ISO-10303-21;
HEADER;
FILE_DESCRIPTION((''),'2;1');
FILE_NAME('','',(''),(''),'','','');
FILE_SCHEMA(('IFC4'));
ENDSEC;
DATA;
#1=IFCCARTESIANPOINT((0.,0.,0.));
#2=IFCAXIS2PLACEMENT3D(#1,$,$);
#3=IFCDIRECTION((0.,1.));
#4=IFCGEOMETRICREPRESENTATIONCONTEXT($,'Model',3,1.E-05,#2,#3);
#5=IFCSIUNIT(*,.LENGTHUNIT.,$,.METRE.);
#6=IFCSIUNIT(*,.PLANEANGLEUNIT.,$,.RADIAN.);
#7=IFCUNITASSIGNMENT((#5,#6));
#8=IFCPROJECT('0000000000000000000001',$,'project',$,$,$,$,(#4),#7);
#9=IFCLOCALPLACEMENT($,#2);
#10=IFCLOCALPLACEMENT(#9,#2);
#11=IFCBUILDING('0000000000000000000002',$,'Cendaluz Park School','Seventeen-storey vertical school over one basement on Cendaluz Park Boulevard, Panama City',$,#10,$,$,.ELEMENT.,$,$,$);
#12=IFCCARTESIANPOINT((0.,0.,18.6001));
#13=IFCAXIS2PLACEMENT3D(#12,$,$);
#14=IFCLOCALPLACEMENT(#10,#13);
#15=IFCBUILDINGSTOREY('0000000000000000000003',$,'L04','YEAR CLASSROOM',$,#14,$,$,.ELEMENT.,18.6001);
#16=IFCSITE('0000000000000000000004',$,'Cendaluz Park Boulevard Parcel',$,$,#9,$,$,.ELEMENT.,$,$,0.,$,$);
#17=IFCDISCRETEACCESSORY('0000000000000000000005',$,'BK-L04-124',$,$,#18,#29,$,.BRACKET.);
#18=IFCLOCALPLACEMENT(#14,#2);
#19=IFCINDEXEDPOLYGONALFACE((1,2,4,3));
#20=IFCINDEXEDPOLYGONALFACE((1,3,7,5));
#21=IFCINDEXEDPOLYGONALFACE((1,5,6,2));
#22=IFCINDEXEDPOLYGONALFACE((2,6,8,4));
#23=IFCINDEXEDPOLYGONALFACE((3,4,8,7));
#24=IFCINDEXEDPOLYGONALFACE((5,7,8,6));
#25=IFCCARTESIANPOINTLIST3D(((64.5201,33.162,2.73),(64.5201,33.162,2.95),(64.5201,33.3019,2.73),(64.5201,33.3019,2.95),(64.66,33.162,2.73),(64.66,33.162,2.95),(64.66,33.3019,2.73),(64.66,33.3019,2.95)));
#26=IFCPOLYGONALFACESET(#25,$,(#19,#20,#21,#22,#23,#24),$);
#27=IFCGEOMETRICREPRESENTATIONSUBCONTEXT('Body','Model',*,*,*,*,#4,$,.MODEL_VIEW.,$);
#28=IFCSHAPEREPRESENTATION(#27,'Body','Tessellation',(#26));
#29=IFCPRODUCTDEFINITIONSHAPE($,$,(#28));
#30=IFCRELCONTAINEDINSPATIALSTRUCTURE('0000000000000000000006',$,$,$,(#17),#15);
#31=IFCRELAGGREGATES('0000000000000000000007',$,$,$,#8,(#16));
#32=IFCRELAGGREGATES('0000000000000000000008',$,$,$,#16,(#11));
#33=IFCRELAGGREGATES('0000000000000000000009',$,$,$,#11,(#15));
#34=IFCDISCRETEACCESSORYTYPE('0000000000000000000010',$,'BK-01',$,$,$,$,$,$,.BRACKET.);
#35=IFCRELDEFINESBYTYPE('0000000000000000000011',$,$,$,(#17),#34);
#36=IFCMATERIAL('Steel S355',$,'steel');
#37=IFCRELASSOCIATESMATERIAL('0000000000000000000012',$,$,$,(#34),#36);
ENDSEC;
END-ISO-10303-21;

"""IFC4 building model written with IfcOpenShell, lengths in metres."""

from ifc_helpers import new_model, si_unit, direction, frame, origin, origin_2d, place, context, subcontext, project, spatial, rectangle, extrude, material, type_object, element, save


model = new_model("IFC4")

# Units and contexts
model_context = context("Model", 3, precision=1e-05, world=origin(), true_north=direction((0.0, 1.0)))
body_context = subcontext(model_context, "Body", "Model", "MODEL_VIEW")
ifc_project = project(units=[si_unit("LENGTHUNIT", "METRE"), si_unit("PLANEANGLEUNIT", "RADIAN")], contexts=[model_context])

# Site, building, storey
site_placement = place(None, origin())
site = spatial("IfcSite", under=ifc_project, at=site_placement, Name="Cendaluz Park Boulevard Parcel", CompositionType="ELEMENT", RefElevation=0.0)
building_placement = place(site_placement, origin())
building = spatial("IfcBuilding", under=site, at=building_placement, Name="Cendaluz Park School", Description="Seventeen-storey vertical school over one basement on Cendaluz Park Boulevard, Panama City", CompositionType="ELEMENT")
storey_placement = place(building_placement, frame((0.0, 0.0, 18.6001)))
storey = spatial("IfcBuildingStorey", under=building, at=storey_placement, Name="L04", Description="YEAR CLASSROOM", CompositionType="ELEMENT", Elevation=18.6001)

# Discrete accessory
ifc_material_1 = material(Name="Steel S355", Category="steel")
discrete_accessory_type = type_object("IfcDiscreteAccessoryType", Name="BK-01", PredefinedType="BRACKET", material=ifc_material_1)
for number, where, z_axis, x_axis, name in (
    (1, (64.5901, 33.2319, 2.73), (0.0, 0.0, 1.0), (0.0, 1.0, 0.0), "BK-L04-124"),
):
    element("IfcDiscreteAccessory", number, at=place(storey_placement, frame(where, z_axis=z_axis, x_axis=x_axis)), inside=storey, type_object=discrete_accessory_type, Name=name, PredefinedType="BRACKET", context=body_context, shape_type="SweptSolid", body=[
        extrude(rectangle(XDim=0.1399, YDim=0.1399, at=origin_2d()), origin(), (0.0, 0.0, 1.0), 0.22),
    ])

save(model, "model.ifc")
